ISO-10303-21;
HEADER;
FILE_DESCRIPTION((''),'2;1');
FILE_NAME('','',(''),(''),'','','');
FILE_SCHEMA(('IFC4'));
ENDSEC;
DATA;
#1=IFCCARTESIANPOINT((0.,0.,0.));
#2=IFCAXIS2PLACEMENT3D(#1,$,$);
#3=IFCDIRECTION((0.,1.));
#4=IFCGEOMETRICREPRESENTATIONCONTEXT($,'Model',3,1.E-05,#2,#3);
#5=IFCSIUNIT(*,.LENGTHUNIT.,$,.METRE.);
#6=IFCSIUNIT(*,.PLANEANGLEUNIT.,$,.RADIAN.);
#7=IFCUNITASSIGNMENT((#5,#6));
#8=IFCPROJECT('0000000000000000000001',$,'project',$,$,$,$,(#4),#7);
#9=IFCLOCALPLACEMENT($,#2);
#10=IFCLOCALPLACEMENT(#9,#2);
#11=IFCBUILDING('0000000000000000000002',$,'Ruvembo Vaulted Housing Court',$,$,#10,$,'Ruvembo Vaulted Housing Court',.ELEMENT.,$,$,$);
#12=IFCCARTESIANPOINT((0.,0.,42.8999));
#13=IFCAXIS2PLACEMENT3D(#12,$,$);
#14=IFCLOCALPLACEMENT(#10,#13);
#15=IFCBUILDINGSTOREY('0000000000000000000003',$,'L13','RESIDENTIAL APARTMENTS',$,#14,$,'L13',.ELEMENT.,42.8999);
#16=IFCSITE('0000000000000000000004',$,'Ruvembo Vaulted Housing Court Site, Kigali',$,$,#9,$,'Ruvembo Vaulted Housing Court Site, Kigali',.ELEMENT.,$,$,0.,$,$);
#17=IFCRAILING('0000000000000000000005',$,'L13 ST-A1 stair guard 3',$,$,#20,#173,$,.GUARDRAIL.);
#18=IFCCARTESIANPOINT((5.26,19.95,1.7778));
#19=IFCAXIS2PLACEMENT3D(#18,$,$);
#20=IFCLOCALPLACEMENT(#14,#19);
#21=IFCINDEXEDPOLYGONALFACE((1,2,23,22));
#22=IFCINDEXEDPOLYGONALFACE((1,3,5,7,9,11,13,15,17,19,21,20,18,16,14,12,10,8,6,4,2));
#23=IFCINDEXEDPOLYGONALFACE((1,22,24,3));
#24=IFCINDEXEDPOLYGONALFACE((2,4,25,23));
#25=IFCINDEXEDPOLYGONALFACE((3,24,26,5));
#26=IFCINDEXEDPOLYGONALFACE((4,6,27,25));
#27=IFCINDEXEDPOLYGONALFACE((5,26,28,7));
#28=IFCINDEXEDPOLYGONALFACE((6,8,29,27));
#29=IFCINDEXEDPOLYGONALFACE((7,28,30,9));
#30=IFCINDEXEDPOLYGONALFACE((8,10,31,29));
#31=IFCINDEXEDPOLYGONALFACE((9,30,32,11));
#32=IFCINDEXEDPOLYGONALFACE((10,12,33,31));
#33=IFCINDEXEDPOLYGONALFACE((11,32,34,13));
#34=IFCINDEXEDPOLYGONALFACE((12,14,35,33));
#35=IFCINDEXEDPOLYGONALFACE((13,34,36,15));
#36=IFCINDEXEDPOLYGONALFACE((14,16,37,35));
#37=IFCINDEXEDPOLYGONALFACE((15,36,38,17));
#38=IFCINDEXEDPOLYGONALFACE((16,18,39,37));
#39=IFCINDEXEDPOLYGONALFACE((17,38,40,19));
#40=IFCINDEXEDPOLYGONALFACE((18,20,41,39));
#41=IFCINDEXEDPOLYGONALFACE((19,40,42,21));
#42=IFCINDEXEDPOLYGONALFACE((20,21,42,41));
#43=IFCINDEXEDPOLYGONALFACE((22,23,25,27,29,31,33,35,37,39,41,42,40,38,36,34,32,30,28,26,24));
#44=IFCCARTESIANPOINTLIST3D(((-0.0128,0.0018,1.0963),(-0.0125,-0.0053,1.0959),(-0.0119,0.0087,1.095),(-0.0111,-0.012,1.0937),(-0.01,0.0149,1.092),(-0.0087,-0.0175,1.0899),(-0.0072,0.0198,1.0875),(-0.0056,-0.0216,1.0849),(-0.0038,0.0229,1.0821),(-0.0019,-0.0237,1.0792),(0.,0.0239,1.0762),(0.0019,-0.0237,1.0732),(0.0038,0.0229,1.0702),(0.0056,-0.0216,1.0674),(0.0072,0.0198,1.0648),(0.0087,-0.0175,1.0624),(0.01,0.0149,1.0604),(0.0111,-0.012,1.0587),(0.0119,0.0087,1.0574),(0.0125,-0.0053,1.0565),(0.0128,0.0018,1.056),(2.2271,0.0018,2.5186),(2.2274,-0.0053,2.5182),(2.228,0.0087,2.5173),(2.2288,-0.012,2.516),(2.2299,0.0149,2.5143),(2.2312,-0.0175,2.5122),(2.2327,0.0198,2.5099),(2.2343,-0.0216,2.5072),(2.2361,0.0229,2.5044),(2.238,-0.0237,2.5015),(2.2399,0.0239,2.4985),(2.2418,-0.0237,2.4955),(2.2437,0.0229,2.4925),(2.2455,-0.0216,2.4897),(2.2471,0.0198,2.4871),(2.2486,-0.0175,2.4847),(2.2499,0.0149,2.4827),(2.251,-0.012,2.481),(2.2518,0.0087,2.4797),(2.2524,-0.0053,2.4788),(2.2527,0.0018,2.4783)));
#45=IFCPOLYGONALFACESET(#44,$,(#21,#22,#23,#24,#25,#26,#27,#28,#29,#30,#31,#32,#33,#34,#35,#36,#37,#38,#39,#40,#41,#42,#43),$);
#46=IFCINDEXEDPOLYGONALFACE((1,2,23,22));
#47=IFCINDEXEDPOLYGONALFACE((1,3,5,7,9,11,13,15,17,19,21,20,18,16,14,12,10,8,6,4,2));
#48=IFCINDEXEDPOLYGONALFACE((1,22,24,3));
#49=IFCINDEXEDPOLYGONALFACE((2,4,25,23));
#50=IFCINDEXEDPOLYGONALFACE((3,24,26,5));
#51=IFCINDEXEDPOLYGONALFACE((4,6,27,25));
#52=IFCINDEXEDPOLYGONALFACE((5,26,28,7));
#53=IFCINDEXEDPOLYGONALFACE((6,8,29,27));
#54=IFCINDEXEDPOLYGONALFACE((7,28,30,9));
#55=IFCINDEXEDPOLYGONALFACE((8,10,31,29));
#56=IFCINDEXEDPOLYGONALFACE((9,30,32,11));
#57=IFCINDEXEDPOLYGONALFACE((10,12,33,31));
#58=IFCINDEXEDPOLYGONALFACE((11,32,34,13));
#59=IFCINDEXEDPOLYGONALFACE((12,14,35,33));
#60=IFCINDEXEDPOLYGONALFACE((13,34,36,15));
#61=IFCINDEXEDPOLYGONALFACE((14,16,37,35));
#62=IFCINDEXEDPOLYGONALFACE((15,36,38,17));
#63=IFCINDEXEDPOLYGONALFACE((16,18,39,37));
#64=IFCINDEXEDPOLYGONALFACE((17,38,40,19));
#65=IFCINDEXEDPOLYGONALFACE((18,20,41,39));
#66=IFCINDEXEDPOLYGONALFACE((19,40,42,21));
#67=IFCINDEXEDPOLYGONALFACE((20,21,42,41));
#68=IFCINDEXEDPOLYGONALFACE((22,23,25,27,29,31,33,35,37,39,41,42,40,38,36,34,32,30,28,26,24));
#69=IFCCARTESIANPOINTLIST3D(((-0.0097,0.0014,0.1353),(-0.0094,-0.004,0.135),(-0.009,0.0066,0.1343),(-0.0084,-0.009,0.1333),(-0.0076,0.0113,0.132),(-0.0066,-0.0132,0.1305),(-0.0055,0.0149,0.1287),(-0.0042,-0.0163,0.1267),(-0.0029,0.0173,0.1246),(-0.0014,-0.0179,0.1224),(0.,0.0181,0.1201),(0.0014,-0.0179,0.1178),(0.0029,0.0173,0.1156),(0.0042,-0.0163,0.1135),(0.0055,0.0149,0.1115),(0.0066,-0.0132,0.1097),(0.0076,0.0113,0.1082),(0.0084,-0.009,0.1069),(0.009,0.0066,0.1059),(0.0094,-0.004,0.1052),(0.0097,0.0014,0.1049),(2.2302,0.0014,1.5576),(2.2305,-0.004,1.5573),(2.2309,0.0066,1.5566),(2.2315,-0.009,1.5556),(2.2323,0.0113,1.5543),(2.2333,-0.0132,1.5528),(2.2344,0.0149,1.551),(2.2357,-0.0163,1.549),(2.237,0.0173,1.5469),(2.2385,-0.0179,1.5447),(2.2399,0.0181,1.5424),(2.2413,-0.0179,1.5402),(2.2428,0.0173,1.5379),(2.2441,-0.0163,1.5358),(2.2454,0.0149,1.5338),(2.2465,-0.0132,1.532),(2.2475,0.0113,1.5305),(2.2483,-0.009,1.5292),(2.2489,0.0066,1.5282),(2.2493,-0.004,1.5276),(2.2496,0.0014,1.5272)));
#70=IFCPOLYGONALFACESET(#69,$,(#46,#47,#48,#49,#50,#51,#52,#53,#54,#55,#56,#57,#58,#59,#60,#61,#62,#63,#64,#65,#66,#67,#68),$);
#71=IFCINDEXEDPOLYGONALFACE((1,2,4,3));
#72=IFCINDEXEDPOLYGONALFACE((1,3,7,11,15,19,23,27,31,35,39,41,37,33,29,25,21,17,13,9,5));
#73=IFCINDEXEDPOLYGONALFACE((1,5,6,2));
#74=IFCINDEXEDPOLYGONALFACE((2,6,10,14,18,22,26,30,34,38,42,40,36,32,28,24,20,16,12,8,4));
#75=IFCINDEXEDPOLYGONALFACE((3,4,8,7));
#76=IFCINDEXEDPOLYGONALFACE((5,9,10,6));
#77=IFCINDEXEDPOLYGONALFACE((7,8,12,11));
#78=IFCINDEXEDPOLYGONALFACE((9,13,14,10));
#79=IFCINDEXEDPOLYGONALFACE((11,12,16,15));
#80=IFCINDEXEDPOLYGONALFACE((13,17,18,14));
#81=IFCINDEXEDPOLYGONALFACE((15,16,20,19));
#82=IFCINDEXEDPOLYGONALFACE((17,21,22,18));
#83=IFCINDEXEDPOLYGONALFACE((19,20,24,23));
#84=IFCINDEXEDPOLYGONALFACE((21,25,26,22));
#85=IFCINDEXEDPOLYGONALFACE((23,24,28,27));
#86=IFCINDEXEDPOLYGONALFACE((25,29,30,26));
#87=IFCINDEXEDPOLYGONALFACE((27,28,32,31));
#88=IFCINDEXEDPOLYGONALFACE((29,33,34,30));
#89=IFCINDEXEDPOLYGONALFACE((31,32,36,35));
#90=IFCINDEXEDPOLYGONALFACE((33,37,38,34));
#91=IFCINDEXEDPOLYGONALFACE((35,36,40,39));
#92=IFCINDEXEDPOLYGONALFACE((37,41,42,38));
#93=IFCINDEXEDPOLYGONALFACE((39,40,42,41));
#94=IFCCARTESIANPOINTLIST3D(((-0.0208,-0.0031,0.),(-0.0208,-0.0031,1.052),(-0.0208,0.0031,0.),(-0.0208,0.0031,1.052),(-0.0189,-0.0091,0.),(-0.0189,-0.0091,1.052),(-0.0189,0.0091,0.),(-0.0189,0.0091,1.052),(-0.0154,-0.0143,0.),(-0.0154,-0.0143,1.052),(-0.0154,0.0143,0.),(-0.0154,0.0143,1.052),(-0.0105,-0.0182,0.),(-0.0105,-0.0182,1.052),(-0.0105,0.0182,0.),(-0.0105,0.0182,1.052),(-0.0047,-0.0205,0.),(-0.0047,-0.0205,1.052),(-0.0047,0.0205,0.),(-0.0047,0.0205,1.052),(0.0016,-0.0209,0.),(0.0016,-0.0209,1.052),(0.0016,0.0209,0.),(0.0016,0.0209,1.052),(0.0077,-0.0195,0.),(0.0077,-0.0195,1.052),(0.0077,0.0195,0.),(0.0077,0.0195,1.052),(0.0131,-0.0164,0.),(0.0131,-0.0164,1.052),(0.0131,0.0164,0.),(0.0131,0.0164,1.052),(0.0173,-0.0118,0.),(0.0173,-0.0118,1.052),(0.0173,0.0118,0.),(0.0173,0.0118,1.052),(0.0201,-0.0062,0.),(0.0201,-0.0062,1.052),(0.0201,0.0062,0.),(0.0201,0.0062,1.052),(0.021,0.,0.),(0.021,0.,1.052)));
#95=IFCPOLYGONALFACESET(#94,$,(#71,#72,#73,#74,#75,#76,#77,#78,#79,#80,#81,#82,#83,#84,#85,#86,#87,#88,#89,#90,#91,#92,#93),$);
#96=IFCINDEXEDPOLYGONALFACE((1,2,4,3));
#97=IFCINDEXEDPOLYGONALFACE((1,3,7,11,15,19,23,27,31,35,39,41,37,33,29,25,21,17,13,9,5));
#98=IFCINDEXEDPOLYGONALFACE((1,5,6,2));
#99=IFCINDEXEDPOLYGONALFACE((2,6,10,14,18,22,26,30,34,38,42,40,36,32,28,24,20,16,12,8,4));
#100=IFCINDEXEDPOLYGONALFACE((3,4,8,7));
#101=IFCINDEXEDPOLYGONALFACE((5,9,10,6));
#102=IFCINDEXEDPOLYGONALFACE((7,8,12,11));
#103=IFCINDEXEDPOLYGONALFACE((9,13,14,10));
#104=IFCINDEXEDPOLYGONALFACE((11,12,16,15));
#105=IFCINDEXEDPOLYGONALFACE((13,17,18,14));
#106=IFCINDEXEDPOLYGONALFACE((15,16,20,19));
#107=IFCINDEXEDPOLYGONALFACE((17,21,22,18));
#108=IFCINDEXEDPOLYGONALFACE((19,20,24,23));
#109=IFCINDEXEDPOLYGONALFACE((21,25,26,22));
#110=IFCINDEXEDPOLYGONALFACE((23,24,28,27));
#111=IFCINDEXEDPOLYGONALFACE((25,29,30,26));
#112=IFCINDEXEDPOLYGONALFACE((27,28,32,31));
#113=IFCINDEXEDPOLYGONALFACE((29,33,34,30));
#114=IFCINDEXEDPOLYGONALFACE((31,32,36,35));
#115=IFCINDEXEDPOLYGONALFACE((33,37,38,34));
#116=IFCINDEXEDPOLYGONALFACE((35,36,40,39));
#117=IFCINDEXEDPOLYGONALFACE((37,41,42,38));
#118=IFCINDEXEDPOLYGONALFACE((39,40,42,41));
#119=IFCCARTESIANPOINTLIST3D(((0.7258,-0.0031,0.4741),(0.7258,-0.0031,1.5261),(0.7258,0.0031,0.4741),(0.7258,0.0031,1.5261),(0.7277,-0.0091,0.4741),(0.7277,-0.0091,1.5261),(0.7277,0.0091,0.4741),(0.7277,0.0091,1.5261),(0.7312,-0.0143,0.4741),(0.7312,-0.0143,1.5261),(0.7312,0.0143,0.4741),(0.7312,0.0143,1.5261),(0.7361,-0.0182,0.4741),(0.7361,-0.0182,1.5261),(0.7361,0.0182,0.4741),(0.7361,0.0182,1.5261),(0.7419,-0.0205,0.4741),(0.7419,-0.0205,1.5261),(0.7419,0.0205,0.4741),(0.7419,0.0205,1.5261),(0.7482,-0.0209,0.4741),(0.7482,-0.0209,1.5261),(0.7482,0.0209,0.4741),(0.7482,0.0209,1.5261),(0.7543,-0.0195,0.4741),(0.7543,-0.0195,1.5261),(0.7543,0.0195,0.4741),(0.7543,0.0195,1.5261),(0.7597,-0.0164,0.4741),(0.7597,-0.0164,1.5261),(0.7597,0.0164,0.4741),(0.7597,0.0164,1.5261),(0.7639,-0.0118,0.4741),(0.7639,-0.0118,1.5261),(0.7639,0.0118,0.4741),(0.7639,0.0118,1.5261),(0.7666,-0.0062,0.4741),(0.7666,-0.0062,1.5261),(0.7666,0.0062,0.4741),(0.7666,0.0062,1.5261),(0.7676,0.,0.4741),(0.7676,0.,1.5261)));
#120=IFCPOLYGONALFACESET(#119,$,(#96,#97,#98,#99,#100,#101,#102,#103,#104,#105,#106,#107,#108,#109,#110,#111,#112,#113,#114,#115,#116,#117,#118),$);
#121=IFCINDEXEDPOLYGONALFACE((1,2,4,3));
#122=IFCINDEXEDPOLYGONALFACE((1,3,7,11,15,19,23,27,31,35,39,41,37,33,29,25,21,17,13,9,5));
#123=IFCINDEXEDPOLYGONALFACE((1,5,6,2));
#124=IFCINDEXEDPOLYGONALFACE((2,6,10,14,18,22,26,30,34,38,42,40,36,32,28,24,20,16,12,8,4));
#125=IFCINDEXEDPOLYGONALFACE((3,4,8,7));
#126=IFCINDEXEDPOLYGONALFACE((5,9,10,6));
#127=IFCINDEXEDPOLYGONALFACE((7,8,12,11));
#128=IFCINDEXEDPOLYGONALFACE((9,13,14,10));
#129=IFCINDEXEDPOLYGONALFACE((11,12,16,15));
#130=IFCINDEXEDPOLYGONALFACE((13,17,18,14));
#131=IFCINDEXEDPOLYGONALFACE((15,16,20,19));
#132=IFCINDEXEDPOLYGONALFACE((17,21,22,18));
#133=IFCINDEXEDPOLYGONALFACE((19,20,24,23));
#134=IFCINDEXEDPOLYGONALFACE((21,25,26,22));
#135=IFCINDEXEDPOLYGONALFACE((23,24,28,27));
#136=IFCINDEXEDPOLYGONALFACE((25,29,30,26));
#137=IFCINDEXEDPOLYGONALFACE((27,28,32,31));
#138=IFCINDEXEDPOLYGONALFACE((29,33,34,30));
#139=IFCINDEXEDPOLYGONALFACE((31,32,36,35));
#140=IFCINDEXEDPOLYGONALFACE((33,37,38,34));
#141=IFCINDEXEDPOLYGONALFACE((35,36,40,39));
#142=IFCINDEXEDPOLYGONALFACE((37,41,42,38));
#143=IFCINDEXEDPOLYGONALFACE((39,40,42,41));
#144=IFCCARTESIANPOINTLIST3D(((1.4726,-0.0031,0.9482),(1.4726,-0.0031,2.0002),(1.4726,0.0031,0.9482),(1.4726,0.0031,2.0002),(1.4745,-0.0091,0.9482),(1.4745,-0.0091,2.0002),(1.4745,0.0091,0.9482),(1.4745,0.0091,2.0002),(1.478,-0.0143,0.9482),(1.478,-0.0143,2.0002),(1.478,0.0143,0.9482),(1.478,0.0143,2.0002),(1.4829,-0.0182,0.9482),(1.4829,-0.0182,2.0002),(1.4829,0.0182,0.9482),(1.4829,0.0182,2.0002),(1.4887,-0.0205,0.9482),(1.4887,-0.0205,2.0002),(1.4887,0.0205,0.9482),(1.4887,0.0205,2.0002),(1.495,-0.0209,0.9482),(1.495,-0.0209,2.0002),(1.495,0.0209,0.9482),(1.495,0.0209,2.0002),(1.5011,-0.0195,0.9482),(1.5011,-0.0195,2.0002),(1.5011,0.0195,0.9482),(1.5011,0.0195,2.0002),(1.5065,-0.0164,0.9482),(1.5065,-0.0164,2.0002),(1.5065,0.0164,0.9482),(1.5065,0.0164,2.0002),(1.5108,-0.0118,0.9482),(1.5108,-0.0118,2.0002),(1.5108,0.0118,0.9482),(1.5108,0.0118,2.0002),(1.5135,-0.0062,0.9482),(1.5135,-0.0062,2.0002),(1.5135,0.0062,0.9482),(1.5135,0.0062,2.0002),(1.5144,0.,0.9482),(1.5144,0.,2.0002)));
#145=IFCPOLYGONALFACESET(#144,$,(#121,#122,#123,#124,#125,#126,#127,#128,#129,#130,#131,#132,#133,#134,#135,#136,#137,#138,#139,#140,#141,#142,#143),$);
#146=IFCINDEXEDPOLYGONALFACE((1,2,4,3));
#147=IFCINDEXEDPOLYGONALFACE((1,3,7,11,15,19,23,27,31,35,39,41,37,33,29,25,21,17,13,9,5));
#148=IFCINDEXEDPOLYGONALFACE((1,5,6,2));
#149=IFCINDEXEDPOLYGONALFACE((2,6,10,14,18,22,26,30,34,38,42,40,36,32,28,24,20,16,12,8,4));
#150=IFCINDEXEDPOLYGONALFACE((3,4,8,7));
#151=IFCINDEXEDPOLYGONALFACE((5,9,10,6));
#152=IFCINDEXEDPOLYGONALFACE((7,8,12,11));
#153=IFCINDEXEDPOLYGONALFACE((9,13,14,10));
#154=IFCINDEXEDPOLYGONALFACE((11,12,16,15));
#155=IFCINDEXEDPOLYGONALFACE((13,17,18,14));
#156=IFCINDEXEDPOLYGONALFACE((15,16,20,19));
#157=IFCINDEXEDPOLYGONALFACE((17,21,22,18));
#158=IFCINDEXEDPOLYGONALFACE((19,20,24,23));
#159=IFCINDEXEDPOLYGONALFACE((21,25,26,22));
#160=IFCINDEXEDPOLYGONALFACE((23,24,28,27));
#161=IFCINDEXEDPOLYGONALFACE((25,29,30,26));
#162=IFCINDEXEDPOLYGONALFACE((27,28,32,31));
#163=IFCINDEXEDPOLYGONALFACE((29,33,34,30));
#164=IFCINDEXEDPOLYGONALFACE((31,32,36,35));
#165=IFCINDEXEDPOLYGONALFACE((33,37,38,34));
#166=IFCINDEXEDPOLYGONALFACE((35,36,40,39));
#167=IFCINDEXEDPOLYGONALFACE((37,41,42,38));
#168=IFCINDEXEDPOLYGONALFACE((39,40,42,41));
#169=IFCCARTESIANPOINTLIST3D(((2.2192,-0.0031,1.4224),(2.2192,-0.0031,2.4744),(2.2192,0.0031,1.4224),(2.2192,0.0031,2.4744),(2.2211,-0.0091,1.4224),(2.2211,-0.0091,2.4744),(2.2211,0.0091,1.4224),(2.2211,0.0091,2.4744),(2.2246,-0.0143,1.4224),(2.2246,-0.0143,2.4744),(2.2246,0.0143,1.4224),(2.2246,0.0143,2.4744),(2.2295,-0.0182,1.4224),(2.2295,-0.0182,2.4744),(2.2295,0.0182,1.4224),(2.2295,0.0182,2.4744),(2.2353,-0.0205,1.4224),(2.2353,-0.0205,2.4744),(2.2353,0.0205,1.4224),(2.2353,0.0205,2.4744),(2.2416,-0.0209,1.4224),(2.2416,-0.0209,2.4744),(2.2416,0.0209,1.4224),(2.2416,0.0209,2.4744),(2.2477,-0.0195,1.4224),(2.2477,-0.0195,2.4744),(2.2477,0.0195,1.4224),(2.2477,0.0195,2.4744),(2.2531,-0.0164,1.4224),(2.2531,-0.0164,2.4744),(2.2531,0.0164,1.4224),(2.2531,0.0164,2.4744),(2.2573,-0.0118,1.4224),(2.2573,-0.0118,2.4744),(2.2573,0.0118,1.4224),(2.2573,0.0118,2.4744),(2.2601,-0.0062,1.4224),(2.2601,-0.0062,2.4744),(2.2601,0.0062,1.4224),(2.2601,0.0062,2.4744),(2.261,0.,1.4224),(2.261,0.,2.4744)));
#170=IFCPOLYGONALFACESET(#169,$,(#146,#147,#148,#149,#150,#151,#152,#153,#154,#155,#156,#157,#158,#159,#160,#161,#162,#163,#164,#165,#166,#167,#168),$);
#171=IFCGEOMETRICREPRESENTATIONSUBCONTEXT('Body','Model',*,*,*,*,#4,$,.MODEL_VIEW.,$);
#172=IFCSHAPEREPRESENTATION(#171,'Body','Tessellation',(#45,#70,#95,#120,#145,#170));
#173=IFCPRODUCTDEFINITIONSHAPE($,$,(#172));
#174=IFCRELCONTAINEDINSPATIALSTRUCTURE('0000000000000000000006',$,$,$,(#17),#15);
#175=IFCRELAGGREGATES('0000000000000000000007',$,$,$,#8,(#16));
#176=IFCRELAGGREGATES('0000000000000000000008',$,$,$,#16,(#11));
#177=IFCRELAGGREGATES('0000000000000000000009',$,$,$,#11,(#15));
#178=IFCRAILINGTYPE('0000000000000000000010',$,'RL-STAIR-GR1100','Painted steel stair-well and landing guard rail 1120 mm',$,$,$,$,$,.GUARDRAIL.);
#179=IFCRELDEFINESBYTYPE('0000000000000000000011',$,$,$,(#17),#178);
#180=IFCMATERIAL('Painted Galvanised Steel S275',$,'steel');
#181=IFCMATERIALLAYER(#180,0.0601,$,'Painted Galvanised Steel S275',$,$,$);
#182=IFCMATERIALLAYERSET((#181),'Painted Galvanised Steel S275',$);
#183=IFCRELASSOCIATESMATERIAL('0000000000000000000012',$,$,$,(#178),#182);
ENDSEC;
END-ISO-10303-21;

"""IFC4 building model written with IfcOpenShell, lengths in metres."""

from ifc_helpers import new_model, si_unit, direction, frame, origin, origin_2d, place, context, subcontext, project, spatial, circle, extrude, material, layer, layer_set, type_object, element, save


model = new_model("IFC4")

# Units and contexts
model_context = context("Model", 3, precision=1e-05, world=origin(), true_north=direction((0.0, 1.0)))
body_context = subcontext(model_context, "Body", "Model", "MODEL_VIEW")
ifc_project = project(units=[si_unit("LENGTHUNIT", "METRE"), si_unit("PLANEANGLEUNIT", "RADIAN")], contexts=[model_context])

# Site, building, storey
site_placement = place(None, origin())
site = spatial("IfcSite", under=ifc_project, at=site_placement, Name="Ruvembo Vaulted Housing Court Site, Kigali", LongName="Ruvembo Vaulted Housing Court Site, Kigali", CompositionType="ELEMENT", RefElevation=0.0)
building_placement = place(site_placement, origin())
building = spatial("IfcBuilding", under=site, at=building_placement, Name="Ruvembo Vaulted Housing Court", LongName="Ruvembo Vaulted Housing Court", CompositionType="ELEMENT")
storey_placement = place(building_placement, frame((0.0, 0.0, 42.8999)))
storey = spatial("IfcBuildingStorey", under=building, at=storey_placement, Name="L13", Description="RESIDENTIAL APARTMENTS", LongName="L13", CompositionType="ELEMENT", Elevation=42.8999)

# Railing
ifc_material_1 = material(Name="Painted Galvanised Steel S275", Category="steel")
ifc_layer_1 = layer(ifc_material_1, 0.0601, Name="Painted Galvanised Steel S275")
ifc_layer_set_1 = layer_set([ifc_layer_1], Name="Painted Galvanised Steel S275")
railing_type_1 = type_object("IfcRailingType", Name="RL-STAIR-GR1100", Description="Painted steel stair-well and landing guard rail 1120 mm", PredefinedType="GUARDRAIL", material=ifc_layer_set_1)
railing_1_placement = place(storey_placement, frame((5.26, 19.95, 1.7778)))
element("IfcRailing", 1, at=railing_1_placement, inside=storey, type_object=railing_type_1, Name="L13 ST-A1 stair guard 3", PredefinedType="GUARDRAIL", context=body_context, shape_type="SweptSolid", body=[
    extrude(circle(Radius=0.0239, at=origin_2d()), frame((0.0, 0.0, 1.0762), z_axis=(0.844188, 0.0, 0.536048), x_axis=(0.0, 1.0, 0.0)), (0.0, 0.0, 1.0), 2.6533),
    extrude(circle(Radius=0.0181, at=origin_2d()), frame((0.0, 0.0, 0.1201), z_axis=(0.844188, 0.0, 0.536048), x_axis=(0.0, 1.0, 0.0)), (0.0, 0.0, 1.0), 2.6533),
    extrude(circle(Radius=0.021, at=origin_2d()), origin(), (0.0, 0.0, 1.0), 1.052),
    extrude(circle(Radius=0.021, at=origin_2d()), frame((0.7466, 0.0, 0.4741)), (0.0, 0.0, 1.0), 1.052),
    extrude(circle(Radius=0.021, at=origin_2d()), frame((1.4934, 0.0, 0.9482)), (0.0, 0.0, 1.0), 1.052),
    extrude(circle(Radius=0.021, at=origin_2d()), frame((2.24, 0.0, 1.4224)), (0.0, 0.0, 1.0), 1.052),
])

save(model, "model.ifc")
